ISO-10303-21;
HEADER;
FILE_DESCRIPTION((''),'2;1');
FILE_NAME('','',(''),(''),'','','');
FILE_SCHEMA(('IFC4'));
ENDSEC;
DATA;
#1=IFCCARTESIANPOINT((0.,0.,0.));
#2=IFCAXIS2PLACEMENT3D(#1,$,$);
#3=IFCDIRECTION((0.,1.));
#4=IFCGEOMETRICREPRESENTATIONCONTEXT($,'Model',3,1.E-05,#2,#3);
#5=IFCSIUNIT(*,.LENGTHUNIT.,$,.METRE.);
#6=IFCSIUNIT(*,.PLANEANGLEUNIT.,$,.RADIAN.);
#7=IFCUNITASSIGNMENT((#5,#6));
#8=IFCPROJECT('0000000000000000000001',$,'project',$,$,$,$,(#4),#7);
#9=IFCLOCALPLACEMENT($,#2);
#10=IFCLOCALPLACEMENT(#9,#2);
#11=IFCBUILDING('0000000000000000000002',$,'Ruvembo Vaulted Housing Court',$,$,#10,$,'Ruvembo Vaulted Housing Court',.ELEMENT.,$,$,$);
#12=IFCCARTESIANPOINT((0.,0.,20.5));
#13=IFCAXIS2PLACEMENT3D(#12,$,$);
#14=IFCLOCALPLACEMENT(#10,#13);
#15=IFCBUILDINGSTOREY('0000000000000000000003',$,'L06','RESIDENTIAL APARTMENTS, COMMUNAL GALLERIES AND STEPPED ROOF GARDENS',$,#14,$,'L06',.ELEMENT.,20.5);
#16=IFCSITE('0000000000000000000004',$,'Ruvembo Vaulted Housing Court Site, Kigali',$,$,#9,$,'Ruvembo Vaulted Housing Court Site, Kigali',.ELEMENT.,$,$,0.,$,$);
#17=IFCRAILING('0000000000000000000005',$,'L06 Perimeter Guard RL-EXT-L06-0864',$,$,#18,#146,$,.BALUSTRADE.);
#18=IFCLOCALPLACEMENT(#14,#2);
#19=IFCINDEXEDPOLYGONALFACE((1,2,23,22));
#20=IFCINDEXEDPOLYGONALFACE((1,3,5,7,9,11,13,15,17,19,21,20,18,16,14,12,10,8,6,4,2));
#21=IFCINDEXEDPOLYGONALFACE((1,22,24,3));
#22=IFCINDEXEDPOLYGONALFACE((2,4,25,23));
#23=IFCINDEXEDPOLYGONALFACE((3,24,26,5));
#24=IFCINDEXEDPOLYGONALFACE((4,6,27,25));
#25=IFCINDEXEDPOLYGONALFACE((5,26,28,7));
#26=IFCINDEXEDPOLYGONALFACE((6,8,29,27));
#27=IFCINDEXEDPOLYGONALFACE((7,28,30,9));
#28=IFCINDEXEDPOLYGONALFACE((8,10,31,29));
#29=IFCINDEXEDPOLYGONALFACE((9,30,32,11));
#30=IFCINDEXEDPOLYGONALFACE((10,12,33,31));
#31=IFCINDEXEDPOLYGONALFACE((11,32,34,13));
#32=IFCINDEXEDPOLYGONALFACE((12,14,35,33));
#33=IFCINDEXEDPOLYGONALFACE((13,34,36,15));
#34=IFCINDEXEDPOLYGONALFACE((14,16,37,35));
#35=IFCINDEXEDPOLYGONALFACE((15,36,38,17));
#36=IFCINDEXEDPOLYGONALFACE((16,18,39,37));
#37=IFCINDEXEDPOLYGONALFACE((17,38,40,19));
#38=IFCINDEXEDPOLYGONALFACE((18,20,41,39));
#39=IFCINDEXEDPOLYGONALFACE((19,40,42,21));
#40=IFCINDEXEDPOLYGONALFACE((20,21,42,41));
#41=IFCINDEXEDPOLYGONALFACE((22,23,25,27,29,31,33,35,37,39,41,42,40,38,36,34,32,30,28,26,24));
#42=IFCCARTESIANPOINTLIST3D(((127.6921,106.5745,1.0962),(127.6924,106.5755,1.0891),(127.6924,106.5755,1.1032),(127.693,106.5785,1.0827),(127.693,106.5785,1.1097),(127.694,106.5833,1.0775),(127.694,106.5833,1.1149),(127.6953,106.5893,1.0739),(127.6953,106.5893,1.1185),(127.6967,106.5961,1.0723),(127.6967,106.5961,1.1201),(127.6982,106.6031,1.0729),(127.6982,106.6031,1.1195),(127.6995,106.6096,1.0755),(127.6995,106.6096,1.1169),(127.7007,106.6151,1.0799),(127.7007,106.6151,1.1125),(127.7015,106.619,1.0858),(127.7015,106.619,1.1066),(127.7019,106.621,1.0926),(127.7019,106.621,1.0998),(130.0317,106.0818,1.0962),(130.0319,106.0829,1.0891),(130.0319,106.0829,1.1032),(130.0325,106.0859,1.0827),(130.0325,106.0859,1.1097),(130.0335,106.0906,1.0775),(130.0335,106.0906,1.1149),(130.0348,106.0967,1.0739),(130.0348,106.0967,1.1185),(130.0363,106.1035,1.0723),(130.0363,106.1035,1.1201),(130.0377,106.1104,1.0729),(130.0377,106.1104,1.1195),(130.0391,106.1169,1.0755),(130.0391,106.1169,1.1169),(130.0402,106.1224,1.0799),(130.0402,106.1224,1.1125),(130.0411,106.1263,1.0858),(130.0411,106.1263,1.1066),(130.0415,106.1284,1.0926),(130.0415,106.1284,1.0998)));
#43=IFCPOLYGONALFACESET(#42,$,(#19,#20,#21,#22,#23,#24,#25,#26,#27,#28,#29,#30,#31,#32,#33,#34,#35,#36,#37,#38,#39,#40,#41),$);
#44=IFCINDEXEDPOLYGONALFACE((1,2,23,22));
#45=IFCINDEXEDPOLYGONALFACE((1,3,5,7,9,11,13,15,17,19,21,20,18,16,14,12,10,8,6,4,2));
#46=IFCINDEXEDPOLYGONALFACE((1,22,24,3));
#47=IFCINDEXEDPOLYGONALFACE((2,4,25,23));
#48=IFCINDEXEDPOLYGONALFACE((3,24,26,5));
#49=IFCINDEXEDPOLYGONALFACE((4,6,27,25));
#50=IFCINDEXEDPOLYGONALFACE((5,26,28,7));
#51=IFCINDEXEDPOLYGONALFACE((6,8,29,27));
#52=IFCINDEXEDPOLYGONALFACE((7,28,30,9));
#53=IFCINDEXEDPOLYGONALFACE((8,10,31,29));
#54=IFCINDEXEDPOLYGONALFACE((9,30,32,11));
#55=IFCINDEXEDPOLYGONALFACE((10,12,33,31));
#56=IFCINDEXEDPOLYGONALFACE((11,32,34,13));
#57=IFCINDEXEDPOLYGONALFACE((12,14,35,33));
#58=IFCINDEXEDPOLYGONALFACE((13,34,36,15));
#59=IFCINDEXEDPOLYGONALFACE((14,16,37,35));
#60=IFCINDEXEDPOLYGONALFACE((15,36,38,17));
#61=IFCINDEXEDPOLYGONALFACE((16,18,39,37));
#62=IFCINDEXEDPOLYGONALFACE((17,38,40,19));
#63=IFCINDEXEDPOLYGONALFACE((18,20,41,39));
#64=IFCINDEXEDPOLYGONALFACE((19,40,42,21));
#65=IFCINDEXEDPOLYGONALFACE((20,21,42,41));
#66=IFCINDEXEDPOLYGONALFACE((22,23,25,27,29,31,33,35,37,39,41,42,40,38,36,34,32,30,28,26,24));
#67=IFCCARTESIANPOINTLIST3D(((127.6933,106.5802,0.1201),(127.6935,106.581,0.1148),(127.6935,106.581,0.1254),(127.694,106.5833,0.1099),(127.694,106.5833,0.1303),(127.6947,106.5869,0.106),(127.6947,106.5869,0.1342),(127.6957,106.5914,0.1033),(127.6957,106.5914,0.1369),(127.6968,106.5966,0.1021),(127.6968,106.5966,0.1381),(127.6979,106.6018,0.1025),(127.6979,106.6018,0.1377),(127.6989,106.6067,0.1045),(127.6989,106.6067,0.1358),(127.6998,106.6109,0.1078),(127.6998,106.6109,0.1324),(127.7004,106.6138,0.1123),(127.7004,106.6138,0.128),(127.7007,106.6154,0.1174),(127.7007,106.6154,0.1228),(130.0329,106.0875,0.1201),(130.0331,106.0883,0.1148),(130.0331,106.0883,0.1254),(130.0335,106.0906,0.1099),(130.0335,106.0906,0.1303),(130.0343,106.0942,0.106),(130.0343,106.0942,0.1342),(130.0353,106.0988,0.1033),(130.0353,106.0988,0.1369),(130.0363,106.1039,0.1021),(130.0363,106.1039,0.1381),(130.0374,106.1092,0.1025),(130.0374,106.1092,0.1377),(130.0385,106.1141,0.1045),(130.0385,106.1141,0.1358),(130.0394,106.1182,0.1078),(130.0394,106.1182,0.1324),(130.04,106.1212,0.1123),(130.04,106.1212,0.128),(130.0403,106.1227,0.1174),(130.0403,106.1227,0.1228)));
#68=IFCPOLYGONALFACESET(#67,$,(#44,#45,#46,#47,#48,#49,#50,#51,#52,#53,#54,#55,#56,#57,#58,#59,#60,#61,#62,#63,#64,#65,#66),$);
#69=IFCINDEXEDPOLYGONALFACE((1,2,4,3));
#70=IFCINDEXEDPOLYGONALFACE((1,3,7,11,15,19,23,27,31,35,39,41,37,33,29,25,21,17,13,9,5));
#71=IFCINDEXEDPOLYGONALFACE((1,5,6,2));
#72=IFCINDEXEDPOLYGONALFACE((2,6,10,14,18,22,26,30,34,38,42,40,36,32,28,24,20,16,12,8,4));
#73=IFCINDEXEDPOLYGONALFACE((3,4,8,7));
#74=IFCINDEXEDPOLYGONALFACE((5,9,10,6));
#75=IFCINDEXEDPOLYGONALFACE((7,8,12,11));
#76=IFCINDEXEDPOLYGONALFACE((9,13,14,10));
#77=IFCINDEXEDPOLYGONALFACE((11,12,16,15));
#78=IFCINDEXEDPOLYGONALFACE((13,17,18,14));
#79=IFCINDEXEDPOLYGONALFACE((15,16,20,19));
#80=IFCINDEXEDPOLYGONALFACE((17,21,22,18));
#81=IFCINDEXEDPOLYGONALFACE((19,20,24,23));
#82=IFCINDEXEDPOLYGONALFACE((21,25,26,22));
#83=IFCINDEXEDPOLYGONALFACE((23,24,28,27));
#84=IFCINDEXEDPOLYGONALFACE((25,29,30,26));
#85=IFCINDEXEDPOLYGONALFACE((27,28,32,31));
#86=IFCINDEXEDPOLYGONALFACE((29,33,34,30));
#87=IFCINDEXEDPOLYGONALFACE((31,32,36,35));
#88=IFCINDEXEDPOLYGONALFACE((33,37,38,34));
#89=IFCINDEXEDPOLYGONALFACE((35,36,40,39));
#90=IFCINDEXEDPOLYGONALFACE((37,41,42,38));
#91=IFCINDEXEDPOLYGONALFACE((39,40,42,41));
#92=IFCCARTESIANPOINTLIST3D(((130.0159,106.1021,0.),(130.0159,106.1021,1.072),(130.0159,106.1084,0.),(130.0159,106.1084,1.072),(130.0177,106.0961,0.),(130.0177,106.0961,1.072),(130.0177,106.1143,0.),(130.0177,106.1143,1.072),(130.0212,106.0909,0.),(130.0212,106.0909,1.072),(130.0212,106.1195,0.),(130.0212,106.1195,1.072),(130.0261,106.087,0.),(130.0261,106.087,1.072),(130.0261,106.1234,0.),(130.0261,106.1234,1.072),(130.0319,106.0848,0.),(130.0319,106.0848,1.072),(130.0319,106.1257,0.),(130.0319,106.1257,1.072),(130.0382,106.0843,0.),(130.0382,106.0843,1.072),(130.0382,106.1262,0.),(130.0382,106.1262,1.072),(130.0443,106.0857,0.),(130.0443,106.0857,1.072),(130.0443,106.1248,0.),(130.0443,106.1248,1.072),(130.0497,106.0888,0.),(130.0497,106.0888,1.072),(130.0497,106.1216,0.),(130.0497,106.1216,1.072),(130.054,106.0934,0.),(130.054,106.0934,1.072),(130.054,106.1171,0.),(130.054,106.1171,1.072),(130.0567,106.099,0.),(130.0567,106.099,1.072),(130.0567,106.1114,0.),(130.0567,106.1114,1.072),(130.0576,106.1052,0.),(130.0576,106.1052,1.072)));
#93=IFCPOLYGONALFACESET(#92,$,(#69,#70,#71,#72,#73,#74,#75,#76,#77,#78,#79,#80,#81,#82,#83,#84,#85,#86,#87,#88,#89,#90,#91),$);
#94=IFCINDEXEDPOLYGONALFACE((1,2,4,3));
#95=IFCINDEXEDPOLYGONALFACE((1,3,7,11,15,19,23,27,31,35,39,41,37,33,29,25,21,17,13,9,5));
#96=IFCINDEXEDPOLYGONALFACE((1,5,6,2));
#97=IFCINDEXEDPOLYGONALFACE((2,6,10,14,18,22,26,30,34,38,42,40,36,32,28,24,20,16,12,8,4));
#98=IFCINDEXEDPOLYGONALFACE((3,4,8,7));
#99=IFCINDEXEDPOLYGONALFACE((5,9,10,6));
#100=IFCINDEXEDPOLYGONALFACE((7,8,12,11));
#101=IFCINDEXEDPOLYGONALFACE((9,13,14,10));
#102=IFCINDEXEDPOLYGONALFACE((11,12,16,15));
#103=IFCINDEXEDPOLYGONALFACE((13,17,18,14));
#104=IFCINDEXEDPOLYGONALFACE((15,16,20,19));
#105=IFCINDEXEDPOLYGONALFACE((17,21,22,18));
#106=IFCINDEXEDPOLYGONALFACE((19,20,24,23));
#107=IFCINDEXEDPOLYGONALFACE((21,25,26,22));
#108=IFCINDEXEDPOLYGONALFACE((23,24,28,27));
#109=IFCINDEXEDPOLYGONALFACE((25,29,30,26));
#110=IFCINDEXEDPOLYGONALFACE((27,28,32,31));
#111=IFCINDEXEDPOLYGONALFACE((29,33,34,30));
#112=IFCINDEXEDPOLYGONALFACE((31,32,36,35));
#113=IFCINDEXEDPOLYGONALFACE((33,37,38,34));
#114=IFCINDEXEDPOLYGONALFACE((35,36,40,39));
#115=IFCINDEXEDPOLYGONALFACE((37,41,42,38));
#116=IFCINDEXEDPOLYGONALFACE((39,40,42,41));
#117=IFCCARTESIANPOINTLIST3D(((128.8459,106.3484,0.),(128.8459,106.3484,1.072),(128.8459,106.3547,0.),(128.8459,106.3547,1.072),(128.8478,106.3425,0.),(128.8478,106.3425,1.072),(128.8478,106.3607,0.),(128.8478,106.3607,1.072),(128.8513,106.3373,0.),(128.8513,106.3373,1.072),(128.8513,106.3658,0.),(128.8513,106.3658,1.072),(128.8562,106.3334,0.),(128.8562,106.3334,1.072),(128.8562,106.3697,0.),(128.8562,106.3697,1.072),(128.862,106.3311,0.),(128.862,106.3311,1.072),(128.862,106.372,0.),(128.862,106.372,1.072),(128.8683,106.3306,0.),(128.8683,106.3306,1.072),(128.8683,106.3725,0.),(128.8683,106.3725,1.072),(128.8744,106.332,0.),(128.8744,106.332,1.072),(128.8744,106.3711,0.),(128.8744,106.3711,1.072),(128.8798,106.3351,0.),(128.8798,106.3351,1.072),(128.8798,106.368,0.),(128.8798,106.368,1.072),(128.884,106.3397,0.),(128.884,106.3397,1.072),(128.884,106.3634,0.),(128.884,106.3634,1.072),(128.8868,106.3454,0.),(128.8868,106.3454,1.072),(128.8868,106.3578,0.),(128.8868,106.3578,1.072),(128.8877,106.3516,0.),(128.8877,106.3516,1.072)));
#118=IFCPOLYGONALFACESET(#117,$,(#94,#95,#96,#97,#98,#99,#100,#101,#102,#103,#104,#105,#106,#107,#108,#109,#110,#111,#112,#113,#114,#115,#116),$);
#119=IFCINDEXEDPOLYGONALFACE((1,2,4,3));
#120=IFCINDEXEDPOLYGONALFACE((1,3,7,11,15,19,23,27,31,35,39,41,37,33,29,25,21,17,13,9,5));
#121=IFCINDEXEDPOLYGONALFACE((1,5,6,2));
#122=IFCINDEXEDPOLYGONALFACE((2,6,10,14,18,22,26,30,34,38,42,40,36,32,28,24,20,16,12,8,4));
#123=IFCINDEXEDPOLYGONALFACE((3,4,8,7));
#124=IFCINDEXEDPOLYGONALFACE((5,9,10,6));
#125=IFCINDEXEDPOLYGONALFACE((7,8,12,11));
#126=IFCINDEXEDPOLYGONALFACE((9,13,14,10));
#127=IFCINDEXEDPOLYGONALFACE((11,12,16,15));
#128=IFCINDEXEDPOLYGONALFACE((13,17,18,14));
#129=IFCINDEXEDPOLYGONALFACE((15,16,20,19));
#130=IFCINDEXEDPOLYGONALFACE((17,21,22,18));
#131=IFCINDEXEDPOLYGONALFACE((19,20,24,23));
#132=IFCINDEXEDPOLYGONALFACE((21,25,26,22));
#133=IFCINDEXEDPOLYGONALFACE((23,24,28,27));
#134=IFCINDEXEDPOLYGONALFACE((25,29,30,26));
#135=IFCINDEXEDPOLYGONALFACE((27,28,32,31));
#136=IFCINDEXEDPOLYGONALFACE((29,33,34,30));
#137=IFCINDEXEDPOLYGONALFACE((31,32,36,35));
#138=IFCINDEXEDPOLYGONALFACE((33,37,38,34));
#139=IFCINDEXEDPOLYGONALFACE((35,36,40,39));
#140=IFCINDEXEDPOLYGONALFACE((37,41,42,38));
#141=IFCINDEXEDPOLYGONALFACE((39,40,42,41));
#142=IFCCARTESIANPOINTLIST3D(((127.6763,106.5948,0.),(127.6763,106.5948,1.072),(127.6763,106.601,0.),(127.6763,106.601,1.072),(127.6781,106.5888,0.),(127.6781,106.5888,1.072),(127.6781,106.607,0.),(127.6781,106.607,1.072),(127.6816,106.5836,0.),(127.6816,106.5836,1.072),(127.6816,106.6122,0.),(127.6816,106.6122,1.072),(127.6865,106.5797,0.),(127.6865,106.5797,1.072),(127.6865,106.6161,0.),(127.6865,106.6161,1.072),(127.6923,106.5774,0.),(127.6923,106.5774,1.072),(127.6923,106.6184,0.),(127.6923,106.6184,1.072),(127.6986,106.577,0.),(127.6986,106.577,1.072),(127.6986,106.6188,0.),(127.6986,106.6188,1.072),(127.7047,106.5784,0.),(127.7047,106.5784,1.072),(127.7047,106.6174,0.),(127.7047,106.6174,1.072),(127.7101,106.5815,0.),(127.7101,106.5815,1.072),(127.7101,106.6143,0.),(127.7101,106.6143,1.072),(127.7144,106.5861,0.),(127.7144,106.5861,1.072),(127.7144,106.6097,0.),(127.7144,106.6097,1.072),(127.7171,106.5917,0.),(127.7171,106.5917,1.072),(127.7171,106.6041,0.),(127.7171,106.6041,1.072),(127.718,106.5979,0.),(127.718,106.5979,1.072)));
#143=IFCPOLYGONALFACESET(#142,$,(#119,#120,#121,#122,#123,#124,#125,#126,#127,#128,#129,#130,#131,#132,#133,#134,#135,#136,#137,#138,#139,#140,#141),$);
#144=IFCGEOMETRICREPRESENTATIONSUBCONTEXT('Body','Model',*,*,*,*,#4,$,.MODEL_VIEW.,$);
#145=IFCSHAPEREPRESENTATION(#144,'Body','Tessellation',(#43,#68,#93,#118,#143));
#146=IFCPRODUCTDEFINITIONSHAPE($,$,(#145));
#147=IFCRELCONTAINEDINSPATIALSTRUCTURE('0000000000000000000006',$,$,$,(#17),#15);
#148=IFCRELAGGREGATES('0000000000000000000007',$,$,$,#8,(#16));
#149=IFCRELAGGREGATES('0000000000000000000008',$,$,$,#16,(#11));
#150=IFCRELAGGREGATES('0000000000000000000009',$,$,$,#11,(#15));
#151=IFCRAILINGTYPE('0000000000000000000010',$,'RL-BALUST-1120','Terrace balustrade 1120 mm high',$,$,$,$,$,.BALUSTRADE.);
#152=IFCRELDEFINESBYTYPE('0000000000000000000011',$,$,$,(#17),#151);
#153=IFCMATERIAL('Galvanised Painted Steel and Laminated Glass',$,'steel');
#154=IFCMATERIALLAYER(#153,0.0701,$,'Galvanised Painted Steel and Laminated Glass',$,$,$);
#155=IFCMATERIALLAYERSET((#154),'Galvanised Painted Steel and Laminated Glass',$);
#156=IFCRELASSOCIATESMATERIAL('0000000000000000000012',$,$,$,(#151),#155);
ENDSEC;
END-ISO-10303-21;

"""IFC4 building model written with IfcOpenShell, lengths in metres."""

from ifc_helpers import new_model, si_unit, direction, frame, origin, origin_2d, place, context, subcontext, project, spatial, circle, extrude, material, layer, layer_set, type_object, element, save


model = new_model("IFC4")

# Units and contexts
model_context = context("Model", 3, precision=1e-05, world=origin(), true_north=direction((0.0, 1.0)))
body_context = subcontext(model_context, "Body", "Model", "MODEL_VIEW")
ifc_project = project(units=[si_unit("LENGTHUNIT", "METRE"), si_unit("PLANEANGLEUNIT", "RADIAN")], contexts=[model_context])

# Site, building, storey
site_placement = place(None, origin())
site = spatial("IfcSite", under=ifc_project, at=site_placement, Name="Ruvembo Vaulted Housing Court Site, Kigali", LongName="Ruvembo Vaulted Housing Court Site, Kigali", CompositionType="ELEMENT", RefElevation=0.0)
building_placement = place(site_placement, origin())
building = spatial("IfcBuilding", under=site, at=building_placement, Name="Ruvembo Vaulted Housing Court", LongName="Ruvembo Vaulted Housing Court", CompositionType="ELEMENT")
storey_placement = place(building_placement, frame((0.0, 0.0, 20.5)))
storey = spatial("IfcBuildingStorey", under=building, at=storey_placement, Name="L06", Description="RESIDENTIAL APARTMENTS, COMMUNAL GALLERIES AND STEPPED ROOF GARDENS", LongName="L06", CompositionType="ELEMENT", Elevation=20.5)

# Railing
ifc_material_1 = material(Name="Galvanised Painted Steel and Laminated Glass", Category="steel")
ifc_layer = layer(ifc_material_1, 0.0701, Name="Galvanised Painted Steel and Laminated Glass")
ifc_layer_set = layer_set([ifc_layer], Name="Galvanised Painted Steel and Laminated Glass")
railing_type = type_object("IfcRailingType", Name="RL-BALUST-1120", Description="Terrace balustrade 1120 mm high", PredefinedType="BALUSTRADE", material=ifc_layer_set)
railing_1_placement = place(storey_placement, frame((130.0366, 106.1052, 0.0)))
element("IfcRailing", 1, at=railing_1_placement, inside=storey, type_object=railing_type, Name="L06 Perimeter Guard RL-EXT-L06-0864", PredefinedType="BALUSTRADE", context=body_context, shape_type="SweptSolid", body=[
    extrude(circle(Radius=0.0239, at=origin_2d()), frame((0.0, 0.0, 1.0962), z_axis=(-0.978539, 0.206062, 0.0), x_axis=(-0.206062, -0.978539, 0.0)), (0.0, 0.0, 1.0), 2.3909),
    extrude(circle(Radius=0.0181, at=origin_2d()), frame((0.0, 0.0, 0.1201), z_axis=(-0.978539, 0.206062, 0.0), x_axis=(-0.206062, -0.978539, 0.0)), (0.0, 0.0, 1.0), 2.3909),
    extrude(circle(Radius=0.021, at=origin_2d()), origin(), (0.0, 0.0, 1.0), 1.072),
    extrude(circle(Radius=0.021, at=origin_2d()), frame((-1.1699, 0.2463, 0.0)), (0.0, 0.0, 1.0), 1.072),
    extrude(circle(Radius=0.021, at=origin_2d()), frame((-2.3396, 0.4927, 0.0)), (0.0, 0.0, 1.0), 1.072),
])

save(model, "model.ifc")
